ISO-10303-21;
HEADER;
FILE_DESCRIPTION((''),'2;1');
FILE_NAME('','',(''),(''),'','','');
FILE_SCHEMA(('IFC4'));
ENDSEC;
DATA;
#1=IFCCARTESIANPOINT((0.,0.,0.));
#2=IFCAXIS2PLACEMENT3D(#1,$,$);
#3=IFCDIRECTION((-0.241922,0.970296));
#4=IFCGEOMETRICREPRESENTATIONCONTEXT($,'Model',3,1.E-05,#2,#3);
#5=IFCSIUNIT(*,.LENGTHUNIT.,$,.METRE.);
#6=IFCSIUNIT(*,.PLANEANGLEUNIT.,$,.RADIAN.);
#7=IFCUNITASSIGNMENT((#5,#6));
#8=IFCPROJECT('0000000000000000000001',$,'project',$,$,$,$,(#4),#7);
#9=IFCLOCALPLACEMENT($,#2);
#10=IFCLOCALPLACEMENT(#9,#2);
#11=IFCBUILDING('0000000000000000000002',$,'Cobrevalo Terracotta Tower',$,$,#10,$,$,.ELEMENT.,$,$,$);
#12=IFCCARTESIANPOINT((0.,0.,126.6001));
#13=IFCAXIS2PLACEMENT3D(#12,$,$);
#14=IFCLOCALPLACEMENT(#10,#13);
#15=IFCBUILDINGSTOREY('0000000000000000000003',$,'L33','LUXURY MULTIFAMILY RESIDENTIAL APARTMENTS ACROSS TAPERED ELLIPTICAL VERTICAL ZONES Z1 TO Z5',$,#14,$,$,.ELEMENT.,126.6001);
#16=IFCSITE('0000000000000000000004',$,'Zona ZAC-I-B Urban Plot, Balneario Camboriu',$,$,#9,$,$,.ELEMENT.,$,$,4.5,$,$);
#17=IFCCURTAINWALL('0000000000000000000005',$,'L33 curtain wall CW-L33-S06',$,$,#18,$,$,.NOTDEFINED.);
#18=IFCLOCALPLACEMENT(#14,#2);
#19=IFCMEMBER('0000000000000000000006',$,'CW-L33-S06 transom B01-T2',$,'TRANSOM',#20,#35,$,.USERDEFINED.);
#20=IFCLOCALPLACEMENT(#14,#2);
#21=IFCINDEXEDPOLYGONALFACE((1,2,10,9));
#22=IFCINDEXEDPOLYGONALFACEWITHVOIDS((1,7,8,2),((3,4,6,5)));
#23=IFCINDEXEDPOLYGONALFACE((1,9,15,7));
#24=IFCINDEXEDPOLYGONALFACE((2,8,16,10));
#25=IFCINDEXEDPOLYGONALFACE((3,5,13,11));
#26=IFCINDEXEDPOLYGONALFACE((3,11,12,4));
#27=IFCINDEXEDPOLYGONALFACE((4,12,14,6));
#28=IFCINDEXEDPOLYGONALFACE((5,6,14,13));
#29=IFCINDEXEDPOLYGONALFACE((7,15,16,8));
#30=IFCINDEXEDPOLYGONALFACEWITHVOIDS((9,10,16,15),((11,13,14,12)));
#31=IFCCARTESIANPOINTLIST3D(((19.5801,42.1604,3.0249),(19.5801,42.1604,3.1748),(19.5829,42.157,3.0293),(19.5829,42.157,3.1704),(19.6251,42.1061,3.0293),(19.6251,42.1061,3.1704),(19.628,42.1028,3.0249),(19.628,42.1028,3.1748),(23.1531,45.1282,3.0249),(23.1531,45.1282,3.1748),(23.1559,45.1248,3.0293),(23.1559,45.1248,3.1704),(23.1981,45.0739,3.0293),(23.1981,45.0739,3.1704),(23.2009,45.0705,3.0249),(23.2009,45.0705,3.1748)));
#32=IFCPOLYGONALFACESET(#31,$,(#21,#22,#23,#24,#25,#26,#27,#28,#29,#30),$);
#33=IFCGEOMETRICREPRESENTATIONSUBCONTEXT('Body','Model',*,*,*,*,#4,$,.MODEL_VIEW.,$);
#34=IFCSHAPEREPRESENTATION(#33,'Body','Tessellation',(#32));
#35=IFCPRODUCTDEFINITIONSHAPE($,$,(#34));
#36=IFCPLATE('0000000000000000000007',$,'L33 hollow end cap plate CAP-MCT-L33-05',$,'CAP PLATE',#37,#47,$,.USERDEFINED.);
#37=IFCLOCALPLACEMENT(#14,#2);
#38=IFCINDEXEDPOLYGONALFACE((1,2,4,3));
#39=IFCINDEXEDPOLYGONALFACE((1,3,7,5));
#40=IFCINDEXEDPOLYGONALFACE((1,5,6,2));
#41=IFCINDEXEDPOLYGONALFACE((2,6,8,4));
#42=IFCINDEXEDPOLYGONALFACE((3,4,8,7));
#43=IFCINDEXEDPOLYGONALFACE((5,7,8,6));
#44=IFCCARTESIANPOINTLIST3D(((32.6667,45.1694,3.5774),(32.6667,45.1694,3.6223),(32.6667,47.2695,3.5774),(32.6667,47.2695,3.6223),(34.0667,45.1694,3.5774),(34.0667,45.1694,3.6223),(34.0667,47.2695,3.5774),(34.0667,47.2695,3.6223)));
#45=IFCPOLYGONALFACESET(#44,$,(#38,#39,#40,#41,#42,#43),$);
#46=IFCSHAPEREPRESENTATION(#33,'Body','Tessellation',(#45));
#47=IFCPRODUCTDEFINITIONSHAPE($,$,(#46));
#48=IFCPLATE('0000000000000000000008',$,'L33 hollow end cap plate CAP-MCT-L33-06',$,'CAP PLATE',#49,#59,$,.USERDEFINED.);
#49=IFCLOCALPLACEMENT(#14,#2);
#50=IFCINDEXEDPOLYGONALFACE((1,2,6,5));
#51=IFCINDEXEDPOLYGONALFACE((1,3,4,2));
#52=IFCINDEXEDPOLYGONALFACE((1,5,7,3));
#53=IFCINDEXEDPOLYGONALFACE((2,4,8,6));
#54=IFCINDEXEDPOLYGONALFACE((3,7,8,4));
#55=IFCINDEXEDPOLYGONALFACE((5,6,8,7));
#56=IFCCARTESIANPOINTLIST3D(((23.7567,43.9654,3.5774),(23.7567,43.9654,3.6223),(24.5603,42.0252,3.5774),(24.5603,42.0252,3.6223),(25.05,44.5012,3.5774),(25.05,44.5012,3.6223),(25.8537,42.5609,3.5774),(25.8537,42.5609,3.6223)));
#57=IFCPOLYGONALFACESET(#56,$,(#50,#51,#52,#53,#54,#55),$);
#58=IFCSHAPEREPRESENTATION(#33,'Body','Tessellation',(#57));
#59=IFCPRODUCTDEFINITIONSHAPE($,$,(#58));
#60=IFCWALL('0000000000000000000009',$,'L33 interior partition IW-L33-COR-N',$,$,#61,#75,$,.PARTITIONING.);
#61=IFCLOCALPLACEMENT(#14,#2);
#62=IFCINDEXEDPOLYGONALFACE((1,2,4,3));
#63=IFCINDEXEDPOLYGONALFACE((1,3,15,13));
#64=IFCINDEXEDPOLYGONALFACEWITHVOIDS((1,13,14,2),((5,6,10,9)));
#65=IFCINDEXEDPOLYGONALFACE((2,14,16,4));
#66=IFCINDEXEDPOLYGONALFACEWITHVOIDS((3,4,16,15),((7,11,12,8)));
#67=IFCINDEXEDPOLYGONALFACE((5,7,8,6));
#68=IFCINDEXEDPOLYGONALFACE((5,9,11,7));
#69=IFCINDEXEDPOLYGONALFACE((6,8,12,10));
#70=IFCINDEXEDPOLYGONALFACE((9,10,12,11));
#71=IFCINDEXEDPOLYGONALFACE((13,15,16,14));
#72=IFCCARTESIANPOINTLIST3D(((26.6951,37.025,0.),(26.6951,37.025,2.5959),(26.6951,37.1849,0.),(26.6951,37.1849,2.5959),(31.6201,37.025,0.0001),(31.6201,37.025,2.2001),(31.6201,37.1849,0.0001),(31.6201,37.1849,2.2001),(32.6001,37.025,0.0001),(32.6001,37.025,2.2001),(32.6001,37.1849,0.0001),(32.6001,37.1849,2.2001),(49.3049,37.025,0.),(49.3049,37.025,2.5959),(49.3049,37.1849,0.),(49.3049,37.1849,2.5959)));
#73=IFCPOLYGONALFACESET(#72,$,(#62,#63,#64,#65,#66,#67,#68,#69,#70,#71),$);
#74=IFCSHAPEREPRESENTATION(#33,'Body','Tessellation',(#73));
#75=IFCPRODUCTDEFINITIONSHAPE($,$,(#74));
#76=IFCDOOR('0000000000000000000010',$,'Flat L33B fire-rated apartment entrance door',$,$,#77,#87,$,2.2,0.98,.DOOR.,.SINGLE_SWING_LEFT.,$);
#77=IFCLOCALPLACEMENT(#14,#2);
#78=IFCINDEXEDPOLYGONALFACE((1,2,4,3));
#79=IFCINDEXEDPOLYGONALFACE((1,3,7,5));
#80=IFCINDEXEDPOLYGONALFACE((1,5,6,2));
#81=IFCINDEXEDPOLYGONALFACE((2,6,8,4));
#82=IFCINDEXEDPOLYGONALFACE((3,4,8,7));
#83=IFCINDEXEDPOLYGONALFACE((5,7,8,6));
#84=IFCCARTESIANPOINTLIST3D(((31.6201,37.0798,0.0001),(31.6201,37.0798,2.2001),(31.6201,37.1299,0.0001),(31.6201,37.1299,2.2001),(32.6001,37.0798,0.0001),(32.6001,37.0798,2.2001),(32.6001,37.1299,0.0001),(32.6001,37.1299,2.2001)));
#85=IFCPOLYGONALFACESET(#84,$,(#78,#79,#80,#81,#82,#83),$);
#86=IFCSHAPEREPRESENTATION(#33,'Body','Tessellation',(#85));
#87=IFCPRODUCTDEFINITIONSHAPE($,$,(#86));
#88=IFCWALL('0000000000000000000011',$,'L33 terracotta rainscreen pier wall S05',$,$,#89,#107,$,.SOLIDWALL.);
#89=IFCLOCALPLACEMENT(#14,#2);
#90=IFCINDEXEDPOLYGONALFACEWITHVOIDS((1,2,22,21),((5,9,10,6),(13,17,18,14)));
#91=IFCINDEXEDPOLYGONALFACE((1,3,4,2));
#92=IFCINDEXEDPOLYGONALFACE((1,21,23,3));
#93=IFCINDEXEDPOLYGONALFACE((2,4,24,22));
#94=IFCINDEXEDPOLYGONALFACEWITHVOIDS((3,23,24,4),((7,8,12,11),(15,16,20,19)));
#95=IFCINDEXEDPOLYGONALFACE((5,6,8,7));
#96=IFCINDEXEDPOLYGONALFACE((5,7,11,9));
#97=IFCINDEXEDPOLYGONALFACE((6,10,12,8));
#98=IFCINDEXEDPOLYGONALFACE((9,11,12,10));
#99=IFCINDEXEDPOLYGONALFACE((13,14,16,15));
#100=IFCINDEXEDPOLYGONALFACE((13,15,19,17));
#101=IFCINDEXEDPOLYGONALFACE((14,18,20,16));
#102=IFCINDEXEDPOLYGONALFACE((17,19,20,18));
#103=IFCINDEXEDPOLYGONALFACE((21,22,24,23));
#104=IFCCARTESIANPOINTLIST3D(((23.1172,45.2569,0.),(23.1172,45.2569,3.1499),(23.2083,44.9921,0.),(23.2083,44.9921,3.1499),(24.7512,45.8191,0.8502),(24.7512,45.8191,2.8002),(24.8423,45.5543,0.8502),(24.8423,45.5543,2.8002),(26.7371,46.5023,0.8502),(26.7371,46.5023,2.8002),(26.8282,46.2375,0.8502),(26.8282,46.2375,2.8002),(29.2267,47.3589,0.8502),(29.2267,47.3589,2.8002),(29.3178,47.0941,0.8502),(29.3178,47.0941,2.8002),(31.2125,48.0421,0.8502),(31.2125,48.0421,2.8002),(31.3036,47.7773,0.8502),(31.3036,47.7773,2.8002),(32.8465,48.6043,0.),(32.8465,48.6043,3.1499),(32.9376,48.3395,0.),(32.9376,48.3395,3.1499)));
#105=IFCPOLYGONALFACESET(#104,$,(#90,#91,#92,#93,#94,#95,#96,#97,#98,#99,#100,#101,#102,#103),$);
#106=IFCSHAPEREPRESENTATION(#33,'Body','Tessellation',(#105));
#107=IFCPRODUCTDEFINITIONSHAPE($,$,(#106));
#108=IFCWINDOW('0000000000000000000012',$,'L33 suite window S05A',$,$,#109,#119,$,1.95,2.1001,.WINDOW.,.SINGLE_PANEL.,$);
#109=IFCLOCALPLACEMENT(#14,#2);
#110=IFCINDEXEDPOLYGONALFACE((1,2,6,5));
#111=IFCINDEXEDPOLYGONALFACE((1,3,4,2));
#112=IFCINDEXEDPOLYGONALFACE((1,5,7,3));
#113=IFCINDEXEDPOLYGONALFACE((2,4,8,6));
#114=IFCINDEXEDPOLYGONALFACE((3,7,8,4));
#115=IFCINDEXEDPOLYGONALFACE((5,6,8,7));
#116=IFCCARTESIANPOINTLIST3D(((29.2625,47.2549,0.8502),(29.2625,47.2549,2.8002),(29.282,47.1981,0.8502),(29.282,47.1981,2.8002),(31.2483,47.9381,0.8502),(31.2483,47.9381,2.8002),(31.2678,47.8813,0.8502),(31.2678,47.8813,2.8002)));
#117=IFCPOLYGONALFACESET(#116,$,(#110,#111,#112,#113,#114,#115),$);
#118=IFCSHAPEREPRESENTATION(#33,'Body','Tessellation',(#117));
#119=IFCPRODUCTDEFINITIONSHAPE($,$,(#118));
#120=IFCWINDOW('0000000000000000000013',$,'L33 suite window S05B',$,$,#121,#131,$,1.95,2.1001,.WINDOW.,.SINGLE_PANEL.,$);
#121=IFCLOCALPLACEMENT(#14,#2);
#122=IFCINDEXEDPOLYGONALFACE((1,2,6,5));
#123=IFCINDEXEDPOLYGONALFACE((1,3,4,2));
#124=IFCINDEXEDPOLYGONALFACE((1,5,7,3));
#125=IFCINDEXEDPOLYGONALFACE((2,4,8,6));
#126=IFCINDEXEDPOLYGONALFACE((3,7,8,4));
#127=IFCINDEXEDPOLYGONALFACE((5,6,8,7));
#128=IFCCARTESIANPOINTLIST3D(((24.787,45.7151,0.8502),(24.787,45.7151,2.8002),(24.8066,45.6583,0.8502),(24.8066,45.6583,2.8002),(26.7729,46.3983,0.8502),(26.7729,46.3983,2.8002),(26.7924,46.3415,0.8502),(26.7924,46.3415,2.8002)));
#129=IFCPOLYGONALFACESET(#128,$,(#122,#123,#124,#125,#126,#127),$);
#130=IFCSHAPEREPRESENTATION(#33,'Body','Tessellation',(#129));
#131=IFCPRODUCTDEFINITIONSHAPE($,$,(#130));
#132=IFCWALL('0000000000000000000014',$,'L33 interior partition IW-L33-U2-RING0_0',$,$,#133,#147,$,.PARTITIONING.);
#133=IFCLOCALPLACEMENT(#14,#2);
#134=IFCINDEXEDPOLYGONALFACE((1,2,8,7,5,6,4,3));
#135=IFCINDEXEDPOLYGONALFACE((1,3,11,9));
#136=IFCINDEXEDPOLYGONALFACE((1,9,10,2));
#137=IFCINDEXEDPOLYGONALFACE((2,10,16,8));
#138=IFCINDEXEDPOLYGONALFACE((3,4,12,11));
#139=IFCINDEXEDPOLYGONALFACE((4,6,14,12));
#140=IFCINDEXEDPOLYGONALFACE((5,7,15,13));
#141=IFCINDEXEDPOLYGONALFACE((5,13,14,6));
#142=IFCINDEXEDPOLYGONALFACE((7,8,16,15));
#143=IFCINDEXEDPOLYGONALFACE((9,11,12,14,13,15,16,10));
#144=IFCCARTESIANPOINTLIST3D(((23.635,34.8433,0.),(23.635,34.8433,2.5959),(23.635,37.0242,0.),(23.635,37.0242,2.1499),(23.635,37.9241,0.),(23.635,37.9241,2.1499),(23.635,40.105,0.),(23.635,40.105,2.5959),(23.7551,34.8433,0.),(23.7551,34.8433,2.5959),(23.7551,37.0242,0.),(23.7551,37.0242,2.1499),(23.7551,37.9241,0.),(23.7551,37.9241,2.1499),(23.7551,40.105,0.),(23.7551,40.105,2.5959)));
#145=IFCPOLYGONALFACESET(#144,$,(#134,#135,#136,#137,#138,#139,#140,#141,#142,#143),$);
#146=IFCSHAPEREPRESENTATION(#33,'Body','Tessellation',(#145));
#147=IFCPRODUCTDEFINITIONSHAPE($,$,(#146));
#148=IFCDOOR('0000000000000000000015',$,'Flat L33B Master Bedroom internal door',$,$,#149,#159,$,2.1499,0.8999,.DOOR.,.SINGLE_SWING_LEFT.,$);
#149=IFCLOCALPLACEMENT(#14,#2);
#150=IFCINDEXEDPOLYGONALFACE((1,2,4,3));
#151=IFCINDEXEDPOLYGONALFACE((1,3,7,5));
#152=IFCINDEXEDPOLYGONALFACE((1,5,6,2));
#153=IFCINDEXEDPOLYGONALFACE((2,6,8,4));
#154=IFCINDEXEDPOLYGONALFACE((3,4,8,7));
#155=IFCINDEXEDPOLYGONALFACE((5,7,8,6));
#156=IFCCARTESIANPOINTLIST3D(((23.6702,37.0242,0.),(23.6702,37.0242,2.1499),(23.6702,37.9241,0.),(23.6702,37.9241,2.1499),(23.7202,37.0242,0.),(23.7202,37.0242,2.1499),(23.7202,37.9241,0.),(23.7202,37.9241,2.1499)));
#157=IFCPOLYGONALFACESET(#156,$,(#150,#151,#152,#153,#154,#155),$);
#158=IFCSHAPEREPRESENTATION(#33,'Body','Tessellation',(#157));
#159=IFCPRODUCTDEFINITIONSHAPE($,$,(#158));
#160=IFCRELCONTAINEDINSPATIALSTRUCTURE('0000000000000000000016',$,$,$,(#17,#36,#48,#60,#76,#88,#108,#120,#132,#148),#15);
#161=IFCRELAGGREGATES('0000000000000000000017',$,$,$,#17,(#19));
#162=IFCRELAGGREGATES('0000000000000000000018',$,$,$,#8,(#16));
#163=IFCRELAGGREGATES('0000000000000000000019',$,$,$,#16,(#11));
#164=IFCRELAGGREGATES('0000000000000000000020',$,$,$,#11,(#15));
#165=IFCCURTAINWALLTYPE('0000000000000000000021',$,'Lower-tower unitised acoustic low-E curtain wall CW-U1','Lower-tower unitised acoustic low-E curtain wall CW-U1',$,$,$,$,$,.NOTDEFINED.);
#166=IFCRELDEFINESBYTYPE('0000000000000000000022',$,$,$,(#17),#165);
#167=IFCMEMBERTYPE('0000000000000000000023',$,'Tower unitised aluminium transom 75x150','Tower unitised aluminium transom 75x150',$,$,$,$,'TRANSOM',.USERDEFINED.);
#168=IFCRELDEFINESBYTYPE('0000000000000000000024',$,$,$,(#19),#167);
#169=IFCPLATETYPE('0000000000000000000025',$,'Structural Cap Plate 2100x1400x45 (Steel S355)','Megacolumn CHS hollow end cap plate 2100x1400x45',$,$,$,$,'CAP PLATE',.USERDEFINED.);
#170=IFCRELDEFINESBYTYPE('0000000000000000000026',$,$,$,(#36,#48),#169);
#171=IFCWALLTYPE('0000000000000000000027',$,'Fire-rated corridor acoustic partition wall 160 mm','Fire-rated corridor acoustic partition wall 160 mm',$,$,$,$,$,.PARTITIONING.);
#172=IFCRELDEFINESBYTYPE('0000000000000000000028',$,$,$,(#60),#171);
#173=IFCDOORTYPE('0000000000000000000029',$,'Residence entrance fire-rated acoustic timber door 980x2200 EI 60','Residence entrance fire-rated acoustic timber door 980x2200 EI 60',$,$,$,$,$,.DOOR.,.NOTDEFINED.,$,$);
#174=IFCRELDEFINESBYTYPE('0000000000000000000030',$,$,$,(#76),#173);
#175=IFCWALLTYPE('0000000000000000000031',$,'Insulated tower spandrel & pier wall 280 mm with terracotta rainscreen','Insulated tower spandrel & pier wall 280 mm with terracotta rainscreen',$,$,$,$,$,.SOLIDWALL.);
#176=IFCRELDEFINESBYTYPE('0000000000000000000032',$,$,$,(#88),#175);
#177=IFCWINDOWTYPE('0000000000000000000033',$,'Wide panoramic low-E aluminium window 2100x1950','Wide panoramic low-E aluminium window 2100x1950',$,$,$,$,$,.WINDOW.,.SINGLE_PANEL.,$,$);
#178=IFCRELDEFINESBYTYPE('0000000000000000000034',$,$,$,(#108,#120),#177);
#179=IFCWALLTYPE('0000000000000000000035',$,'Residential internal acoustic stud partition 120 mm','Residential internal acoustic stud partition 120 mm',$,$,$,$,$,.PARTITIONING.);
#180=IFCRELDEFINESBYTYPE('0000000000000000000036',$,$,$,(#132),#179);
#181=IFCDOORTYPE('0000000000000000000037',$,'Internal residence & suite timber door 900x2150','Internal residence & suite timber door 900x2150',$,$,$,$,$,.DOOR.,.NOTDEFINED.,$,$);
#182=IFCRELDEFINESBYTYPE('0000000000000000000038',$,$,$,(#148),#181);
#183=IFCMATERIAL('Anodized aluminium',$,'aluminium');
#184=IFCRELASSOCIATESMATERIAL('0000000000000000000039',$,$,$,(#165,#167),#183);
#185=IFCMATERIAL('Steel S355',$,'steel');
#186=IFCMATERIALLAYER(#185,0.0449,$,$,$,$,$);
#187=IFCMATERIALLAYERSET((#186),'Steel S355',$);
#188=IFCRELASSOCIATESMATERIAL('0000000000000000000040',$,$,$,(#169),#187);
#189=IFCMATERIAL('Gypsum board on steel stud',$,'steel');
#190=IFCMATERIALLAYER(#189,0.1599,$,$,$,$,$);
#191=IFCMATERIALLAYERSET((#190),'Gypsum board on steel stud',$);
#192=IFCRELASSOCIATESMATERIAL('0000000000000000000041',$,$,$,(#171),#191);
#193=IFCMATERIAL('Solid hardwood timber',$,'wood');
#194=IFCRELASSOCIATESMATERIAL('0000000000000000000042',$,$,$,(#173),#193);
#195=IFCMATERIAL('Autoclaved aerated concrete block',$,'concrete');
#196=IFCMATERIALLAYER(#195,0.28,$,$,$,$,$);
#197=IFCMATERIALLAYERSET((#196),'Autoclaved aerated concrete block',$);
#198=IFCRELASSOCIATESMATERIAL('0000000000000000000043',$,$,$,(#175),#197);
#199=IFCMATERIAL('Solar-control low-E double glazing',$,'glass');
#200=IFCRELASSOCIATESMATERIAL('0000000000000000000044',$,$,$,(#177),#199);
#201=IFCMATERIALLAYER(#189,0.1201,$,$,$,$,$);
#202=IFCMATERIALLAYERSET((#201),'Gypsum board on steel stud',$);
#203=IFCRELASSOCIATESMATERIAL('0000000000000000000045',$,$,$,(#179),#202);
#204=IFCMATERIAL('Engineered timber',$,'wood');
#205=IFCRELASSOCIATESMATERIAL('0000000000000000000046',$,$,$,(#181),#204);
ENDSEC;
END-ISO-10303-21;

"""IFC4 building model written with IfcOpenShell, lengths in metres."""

from ifc_helpers import new_model, si_unit, direction, frame, frame_2d, origin, origin_2d, place, context, subcontext, project, spatial, rectangle, hollow_rectangle, extrude, source, transform, mapped, material, layer, layer_set, material_profile, profile_set, type_object, element, fill, aggregate, save


model = new_model("IFC4")

# Units and contexts
model_context = context("Model", 3, precision=1e-05, world=origin(), true_north=direction((-0.241922, 0.970296)))
body_context = subcontext(model_context, "Body", "Model", "MODEL_VIEW")
ifc_project = project(units=[si_unit("LENGTHUNIT", "METRE"), si_unit("PLANEANGLEUNIT", "RADIAN")], contexts=[model_context])

# Site, building, storey
site_placement = place(None, origin())
site = spatial("IfcSite", under=ifc_project, at=site_placement, Name="Zona ZAC-I-B Urban Plot, Balneario Camboriu", CompositionType="ELEMENT", RefElevation=4.5)
building_placement = place(site_placement, origin())
building = spatial("IfcBuilding", under=site, at=building_placement, Name="Cobrevalo Terracotta Tower", CompositionType="ELEMENT")
storey_placement = place(building_placement, frame((0.0, 0.0, 126.6001)))
storey = spatial("IfcBuildingStorey", under=building, at=storey_placement, Name="L33", Description="LUXURY MULTIFAMILY RESIDENTIAL APARTMENTS ACROSS TAPERED ELLIPTICAL VERTICAL ZONES Z1 TO Z5", CompositionType="ELEMENT", Elevation=126.6001)

# Shared definitions
ifc_material_1 = material(Name="Steel S355", Category="steel")

# Shared definitions
ifc_material_2 = material(Name="Anodized aluminium", Category="aluminium")
curtain_wall_type = type_object("IfcCurtainWallType", Name="Lower-tower unitised acoustic low-E curtain wall CW-U1", Description="Lower-tower unitised acoustic low-E curtain wall CW-U1", PredefinedType="NOTDEFINED", material=ifc_material_2)

# Curtain wall, member
curtain_wall_1_placement = place(storey_placement, origin())
curtain_wall_1 = element("IfcCurtainWall", 1, at=curtain_wall_1_placement, inside=storey, type_object=curtain_wall_type, Name="L33 curtain wall CW-L33-S06", PredefinedType="NOTDEFINED")
ifc_material_profile_1 = material_profile(ifc_material_2, hollow_rectangle(XDim=0.075, YDim=0.1499, WallThickness=0.0044, at=origin_2d()), Name="CWT 75x150")
ifc_profile_set_1 = profile_set([ifc_material_profile_1], Name="Anodized aluminium")
member_type_1 = type_object("IfcMemberType", Name="Tower unitised aluminium transom 75x150", Description="Tower unitised aluminium transom 75x150", ElementType="TRANSOM", PredefinedType="USERDEFINED", material=ifc_profile_set_1)
shared_shape_1 = source(origin(), body_context, "Body", "SweptSolid", [
    extrude(hollow_rectangle(XDim=0.075, YDim=0.1499, WallThickness=0.0044, at=origin_2d()), origin(), (0.0, 0.0, 1.0), 4.6448),
])
member_1_placement = place(storey_placement, frame((23.177, 45.0994, 3.0999), z_axis=(-0.76925, -0.638948, 0.0), x_axis=(0.638948, -0.76925, 0.0)))
member_1 = element("IfcMember", 2, at=member_1_placement, type_object=member_type_1, Name="CW-L33-S06 transom B01-T2", ObjectType="TRANSOM", PredefinedType="USERDEFINED", context=body_context, shape_type="MappedRepresentation", body=[
    mapped(shared_shape_1, transform((0.0, 0.0, 0.0), scale=1.0)),
])
aggregate(curtain_wall_1, [member_1])

# Plates
ifc_layer_1 = layer(ifc_material_1, 0.0449)
ifc_layer_set_1 = layer_set([ifc_layer_1], Name="Steel S355")
plate_type = type_object("IfcPlateType", Name="Structural Cap Plate 2100x1400x45 (Steel S355)", Description="Megacolumn CHS hollow end cap plate 2100x1400x45", ElementType="CAP PLATE", PredefinedType="USERDEFINED", material=ifc_layer_set_1)
shared_shape_2 = source(origin(), body_context, "Body", "SweptSolid", [
    extrude(rectangle(XDim=2.1001, YDim=1.3999, at=origin_2d()), origin(), (0.0, 0.0, 1.0), 0.0449),
])
for number, where, z_axis, x_axis, name in (
    (3, (33.3667, 46.2195, 3.5774), (0.0, 0.0, 1.0), (0.0, 1.0, 0.0), "L33 hollow end cap plate CAP-MCT-L33-05"),
    (4, (24.8052, 43.2632, 3.5774), (0.0, 0.0, 1.0), (-0.382683, 0.92388, 0.0), "L33 hollow end cap plate CAP-MCT-L33-06"),
):
    element("IfcPlate", number, at=place(storey_placement, frame(where, z_axis=z_axis, x_axis=x_axis)), inside=storey, type_object=plate_type, Name=name, ObjectType="CAP PLATE", PredefinedType="USERDEFINED", context=body_context, shape_type="MappedRepresentation", body=[
        mapped(shared_shape_2, transform((0.0, 0.0, 0.0), scale=1.0)),
    ])

# Wall, opening, door
ifc_material_3 = material(Name="Gypsum board on steel stud", Category="steel")
ifc_layer_2 = layer(ifc_material_3, 0.1599)
ifc_layer_set_2 = layer_set([ifc_layer_2], Name="Gypsum board on steel stud")
wall_type_1 = type_object("IfcWallType", Name="Fire-rated corridor acoustic partition wall 160 mm", Description="Fire-rated corridor acoustic partition wall 160 mm", PredefinedType="PARTITIONING", material=ifc_layer_set_2)
wall_1_placement = place(storey_placement, frame((26.6951, 37.105, 0.0), z_axis=(0.0, 0.0, 1.0), x_axis=(1.0, 0.0, 0.0)))
wall_1 = element("IfcWall", 5, at=wall_1_placement, inside=storey, type_object=wall_type_1, Name="L33 interior partition IW-L33-COR-N", PredefinedType="PARTITIONING", context=body_context, shape_type="SweptSolid", body=[
    extrude(rectangle(XDim=22.6099, YDim=0.1599, at=frame_2d((11.3049, 0.0))), origin(), (0.0, 0.0, 1.0), 2.5959),
])
opening_1_placement = place(wall_1_placement, frame((4.925, 0.0, 0.0)))
opening_1 = element("IfcOpeningElement", 6, at=opening_1_placement, cuts=wall_1, PredefinedType="OPENING", context=body_context, shape_type="SweptSolid", body=[
    extrude(rectangle(XDim=0.98, YDim=2.2, at=frame_2d((0.49, 1.1001))), frame((0.0, 0.0898, 0.0), z_axis=(0.0, -1.0, 0.0), x_axis=(1.0, 0.0, 0.0)), (0.0, 0.0, 1.0), 0.1799),
])
ifc_material_4 = material(Name="Solid hardwood timber", Category="wood")
door_type_1 = type_object("IfcDoorType", Name="Residence entrance fire-rated acoustic timber door 980x2200 EI 60", Description="Residence entrance fire-rated acoustic timber door 980x2200 EI 60", OperationType="NOTDEFINED", PredefinedType="DOOR", material=ifc_material_4)
shared_shape_3 = source(origin(), body_context, "Body", "SweptSolid", [
    extrude(rectangle(XDim=0.98, YDim=2.2, at=frame_2d((0.49, 1.1001))), frame((0.0, 0.0249, 0.0), z_axis=(0.0, -1.0, 0.0), x_axis=(1.0, 0.0, 0.0)), (0.0, 0.0, 1.0), 0.05),
])
door_1_placement = place(opening_1_placement, origin())
door_1 = element("IfcDoor", 7, at=door_1_placement, inside=storey, type_object=door_type_1, Name="Flat L33B fire-rated apartment entrance door", OperationType="SINGLE_SWING_LEFT", OverallHeight=2.2, OverallWidth=0.98, PredefinedType="DOOR", context=body_context, shape_type="MappedRepresentation", body=[
    mapped(shared_shape_3, transform((0.0, 0.0, 0.0), scale=1.0)),
])
fill(opening_1, door_1)

# Wall, openings, windows
ifc_material_5 = material(Name="Autoclaved aerated concrete block", Category="concrete")
ifc_layer_3 = layer(ifc_material_5, 0.28)
ifc_layer_set_3 = layer_set([ifc_layer_3], Name="Autoclaved aerated concrete block")
wall_type_2 = type_object("IfcWallType", Name="Insulated tower spandrel & pier wall 280 mm with terracotta rainscreen", Description="Insulated tower spandrel & pier wall 280 mm with terracotta rainscreen", PredefinedType="SOLIDWALL", material=ifc_layer_set_3)
wall_2_placement = place(storey_placement, frame((32.8921, 48.4719, 0.0), z_axis=(0.0, 0.0, 1.0), x_axis=(-0.945597, -0.325339, 0.0)))
wall_2 = element("IfcWall", 8, at=wall_2_placement, inside=storey, type_object=wall_type_2, Name="L33 terracotta rainscreen pier wall S05", PredefinedType="SOLIDWALL", context=body_context, shape_type="SweptSolid", body=[
    extrude(rectangle(XDim=10.2891, YDim=0.28, at=frame_2d((5.1445, 0.0))), origin(), (0.0, 0.0, 1.0), 3.1499),
])
opening_2_placement = place(wall_2_placement, frame((1.728, 0.0, 0.8501)))
opening_2 = element("IfcOpeningElement", 9, at=opening_2_placement, cuts=wall_2, PredefinedType="OPENING", context=body_context, shape_type="SweptSolid", body=[
    extrude(rectangle(XDim=2.1001, YDim=1.95, at=frame_2d((1.05, 0.9751))), frame((0.0, 0.1499, 0.0), z_axis=(0.0, -1.0, 0.0), x_axis=(1.0, 0.0, 0.0)), (0.0, 0.0, 1.0), 0.3),
])
opening_3_placement = place(wall_2_placement, frame((6.4609, 0.0, 0.8501)))
opening_3 = element("IfcOpeningElement", 10, at=opening_3_placement, cuts=wall_2, PredefinedType="OPENING", context=body_context, shape_type="SweptSolid", body=[
    extrude(rectangle(XDim=2.1001, YDim=1.95, at=frame_2d((1.05, 0.9751))), frame((0.0, 0.1499, 0.0), z_axis=(0.0, -1.0, 0.0), x_axis=(1.0, 0.0, 0.0)), (0.0, 0.0, 1.0), 0.3),
])
ifc_material_6 = material(Name="Solar-control low-E double glazing", Category="glass")
window_type = type_object("IfcWindowType", Name="Wide panoramic low-E aluminium window 2100x1950", Description="Wide panoramic low-E aluminium window 2100x1950", PartitioningType="SINGLE_PANEL", PredefinedType="WINDOW", material=ifc_material_6)
shared_shape_4 = source(origin(), body_context, "Body", "SweptSolid", [
    extrude(rectangle(XDim=2.1001, YDim=1.95, at=frame_2d((1.05, 0.9751))), frame((0.0, 0.03, 0.0), z_axis=(0.0, -1.0, 0.0), x_axis=(1.0, 0.0, 0.0)), (0.0, 0.0, 1.0), 0.0601),
])
window_1_placement = place(opening_2_placement, origin())
window_1 = element("IfcWindow", 11, at=window_1_placement, inside=storey, type_object=window_type, Name="L33 suite window S05A", OverallHeight=1.95, OverallWidth=2.1001, PartitioningType="SINGLE_PANEL", PredefinedType="WINDOW", context=body_context, shape_type="MappedRepresentation", body=[
    mapped(shared_shape_4, transform((0.0, 0.0, 0.0), scale=1.0)),
])
fill(opening_2, window_1)
window_2_placement = place(opening_3_placement, origin())
window_2 = element("IfcWindow", 12, at=window_2_placement, inside=storey, type_object=window_type, Name="L33 suite window S05B", OverallHeight=1.95, OverallWidth=2.1001, PartitioningType="SINGLE_PANEL", PredefinedType="WINDOW", context=body_context, shape_type="MappedRepresentation", body=[
    mapped(shared_shape_4, transform((0.0, 0.0, 0.0), scale=1.0)),
])
fill(opening_3, window_2)

# Wall, opening, door
ifc_layer_4 = layer(ifc_material_3, 0.1201)
ifc_layer_set_4 = layer_set([ifc_layer_4], Name="Gypsum board on steel stud")
wall_type_3 = type_object("IfcWallType", Name="Residential internal acoustic stud partition 120 mm", Description="Residential internal acoustic stud partition 120 mm", PredefinedType="PARTITIONING", material=ifc_layer_set_4)
wall_3_placement = place(storey_placement, frame((23.6951, 34.8433, 0.0), z_axis=(0.0, 0.0, 1.0), x_axis=(0.0, 1.0, 0.0)))
wall_3 = element("IfcWall", 13, at=wall_3_placement, inside=storey, type_object=wall_type_3, Name="L33 interior partition IW-L33-U2-RING0_0", PredefinedType="PARTITIONING", context=body_context, shape_type="SweptSolid", body=[
    extrude(rectangle(XDim=5.2617, YDim=0.1201, at=frame_2d((2.6309, 0.0))), origin(), (0.0, 0.0, 1.0), 2.5959),
])
opening_4_placement = place(wall_3_placement, frame((2.1809, 0.0, 0.0)))
opening_4 = element("IfcOpeningElement", 14, at=opening_4_placement, cuts=wall_3, PredefinedType="OPENING", context=body_context, shape_type="SweptSolid", body=[
    extrude(rectangle(XDim=0.8999, YDim=2.1499, at=frame_2d((0.45, 1.075))), frame((0.0, 0.0701, 0.0), z_axis=(0.0, -1.0, 0.0), x_axis=(1.0, 0.0, 0.0)), (0.0, 0.0, 1.0), 0.1401),
])
ifc_material_7 = material(Name="Engineered timber", Category="wood")
door_type_2 = type_object("IfcDoorType", Name="Internal residence & suite timber door 900x2150", Description="Internal residence & suite timber door 900x2150", OperationType="NOTDEFINED", PredefinedType="DOOR", material=ifc_material_7)
shared_shape_5 = source(origin(), body_context, "Body", "SweptSolid", [
    extrude(rectangle(XDim=0.8999, YDim=2.1499, at=frame_2d((0.45, 1.075))), frame((0.0, 0.0249, 0.0), z_axis=(0.0, -1.0, 0.0), x_axis=(1.0, 0.0, 0.0)), (0.0, 0.0, 1.0), 0.05),
])
door_2_placement = place(opening_4_placement, origin())
door_2 = element("IfcDoor", 15, at=door_2_placement, inside=storey, type_object=door_type_2, Name="Flat L33B Master Bedroom internal door", OperationType="SINGLE_SWING_LEFT", OverallHeight=2.1499, OverallWidth=0.8999, PredefinedType="DOOR", context=body_context, shape_type="MappedRepresentation", body=[
    mapped(shared_shape_5, transform((0.0, 0.0, 0.0), scale=1.0)),
])
fill(opening_4, door_2)

save(model, "model.ifc")
